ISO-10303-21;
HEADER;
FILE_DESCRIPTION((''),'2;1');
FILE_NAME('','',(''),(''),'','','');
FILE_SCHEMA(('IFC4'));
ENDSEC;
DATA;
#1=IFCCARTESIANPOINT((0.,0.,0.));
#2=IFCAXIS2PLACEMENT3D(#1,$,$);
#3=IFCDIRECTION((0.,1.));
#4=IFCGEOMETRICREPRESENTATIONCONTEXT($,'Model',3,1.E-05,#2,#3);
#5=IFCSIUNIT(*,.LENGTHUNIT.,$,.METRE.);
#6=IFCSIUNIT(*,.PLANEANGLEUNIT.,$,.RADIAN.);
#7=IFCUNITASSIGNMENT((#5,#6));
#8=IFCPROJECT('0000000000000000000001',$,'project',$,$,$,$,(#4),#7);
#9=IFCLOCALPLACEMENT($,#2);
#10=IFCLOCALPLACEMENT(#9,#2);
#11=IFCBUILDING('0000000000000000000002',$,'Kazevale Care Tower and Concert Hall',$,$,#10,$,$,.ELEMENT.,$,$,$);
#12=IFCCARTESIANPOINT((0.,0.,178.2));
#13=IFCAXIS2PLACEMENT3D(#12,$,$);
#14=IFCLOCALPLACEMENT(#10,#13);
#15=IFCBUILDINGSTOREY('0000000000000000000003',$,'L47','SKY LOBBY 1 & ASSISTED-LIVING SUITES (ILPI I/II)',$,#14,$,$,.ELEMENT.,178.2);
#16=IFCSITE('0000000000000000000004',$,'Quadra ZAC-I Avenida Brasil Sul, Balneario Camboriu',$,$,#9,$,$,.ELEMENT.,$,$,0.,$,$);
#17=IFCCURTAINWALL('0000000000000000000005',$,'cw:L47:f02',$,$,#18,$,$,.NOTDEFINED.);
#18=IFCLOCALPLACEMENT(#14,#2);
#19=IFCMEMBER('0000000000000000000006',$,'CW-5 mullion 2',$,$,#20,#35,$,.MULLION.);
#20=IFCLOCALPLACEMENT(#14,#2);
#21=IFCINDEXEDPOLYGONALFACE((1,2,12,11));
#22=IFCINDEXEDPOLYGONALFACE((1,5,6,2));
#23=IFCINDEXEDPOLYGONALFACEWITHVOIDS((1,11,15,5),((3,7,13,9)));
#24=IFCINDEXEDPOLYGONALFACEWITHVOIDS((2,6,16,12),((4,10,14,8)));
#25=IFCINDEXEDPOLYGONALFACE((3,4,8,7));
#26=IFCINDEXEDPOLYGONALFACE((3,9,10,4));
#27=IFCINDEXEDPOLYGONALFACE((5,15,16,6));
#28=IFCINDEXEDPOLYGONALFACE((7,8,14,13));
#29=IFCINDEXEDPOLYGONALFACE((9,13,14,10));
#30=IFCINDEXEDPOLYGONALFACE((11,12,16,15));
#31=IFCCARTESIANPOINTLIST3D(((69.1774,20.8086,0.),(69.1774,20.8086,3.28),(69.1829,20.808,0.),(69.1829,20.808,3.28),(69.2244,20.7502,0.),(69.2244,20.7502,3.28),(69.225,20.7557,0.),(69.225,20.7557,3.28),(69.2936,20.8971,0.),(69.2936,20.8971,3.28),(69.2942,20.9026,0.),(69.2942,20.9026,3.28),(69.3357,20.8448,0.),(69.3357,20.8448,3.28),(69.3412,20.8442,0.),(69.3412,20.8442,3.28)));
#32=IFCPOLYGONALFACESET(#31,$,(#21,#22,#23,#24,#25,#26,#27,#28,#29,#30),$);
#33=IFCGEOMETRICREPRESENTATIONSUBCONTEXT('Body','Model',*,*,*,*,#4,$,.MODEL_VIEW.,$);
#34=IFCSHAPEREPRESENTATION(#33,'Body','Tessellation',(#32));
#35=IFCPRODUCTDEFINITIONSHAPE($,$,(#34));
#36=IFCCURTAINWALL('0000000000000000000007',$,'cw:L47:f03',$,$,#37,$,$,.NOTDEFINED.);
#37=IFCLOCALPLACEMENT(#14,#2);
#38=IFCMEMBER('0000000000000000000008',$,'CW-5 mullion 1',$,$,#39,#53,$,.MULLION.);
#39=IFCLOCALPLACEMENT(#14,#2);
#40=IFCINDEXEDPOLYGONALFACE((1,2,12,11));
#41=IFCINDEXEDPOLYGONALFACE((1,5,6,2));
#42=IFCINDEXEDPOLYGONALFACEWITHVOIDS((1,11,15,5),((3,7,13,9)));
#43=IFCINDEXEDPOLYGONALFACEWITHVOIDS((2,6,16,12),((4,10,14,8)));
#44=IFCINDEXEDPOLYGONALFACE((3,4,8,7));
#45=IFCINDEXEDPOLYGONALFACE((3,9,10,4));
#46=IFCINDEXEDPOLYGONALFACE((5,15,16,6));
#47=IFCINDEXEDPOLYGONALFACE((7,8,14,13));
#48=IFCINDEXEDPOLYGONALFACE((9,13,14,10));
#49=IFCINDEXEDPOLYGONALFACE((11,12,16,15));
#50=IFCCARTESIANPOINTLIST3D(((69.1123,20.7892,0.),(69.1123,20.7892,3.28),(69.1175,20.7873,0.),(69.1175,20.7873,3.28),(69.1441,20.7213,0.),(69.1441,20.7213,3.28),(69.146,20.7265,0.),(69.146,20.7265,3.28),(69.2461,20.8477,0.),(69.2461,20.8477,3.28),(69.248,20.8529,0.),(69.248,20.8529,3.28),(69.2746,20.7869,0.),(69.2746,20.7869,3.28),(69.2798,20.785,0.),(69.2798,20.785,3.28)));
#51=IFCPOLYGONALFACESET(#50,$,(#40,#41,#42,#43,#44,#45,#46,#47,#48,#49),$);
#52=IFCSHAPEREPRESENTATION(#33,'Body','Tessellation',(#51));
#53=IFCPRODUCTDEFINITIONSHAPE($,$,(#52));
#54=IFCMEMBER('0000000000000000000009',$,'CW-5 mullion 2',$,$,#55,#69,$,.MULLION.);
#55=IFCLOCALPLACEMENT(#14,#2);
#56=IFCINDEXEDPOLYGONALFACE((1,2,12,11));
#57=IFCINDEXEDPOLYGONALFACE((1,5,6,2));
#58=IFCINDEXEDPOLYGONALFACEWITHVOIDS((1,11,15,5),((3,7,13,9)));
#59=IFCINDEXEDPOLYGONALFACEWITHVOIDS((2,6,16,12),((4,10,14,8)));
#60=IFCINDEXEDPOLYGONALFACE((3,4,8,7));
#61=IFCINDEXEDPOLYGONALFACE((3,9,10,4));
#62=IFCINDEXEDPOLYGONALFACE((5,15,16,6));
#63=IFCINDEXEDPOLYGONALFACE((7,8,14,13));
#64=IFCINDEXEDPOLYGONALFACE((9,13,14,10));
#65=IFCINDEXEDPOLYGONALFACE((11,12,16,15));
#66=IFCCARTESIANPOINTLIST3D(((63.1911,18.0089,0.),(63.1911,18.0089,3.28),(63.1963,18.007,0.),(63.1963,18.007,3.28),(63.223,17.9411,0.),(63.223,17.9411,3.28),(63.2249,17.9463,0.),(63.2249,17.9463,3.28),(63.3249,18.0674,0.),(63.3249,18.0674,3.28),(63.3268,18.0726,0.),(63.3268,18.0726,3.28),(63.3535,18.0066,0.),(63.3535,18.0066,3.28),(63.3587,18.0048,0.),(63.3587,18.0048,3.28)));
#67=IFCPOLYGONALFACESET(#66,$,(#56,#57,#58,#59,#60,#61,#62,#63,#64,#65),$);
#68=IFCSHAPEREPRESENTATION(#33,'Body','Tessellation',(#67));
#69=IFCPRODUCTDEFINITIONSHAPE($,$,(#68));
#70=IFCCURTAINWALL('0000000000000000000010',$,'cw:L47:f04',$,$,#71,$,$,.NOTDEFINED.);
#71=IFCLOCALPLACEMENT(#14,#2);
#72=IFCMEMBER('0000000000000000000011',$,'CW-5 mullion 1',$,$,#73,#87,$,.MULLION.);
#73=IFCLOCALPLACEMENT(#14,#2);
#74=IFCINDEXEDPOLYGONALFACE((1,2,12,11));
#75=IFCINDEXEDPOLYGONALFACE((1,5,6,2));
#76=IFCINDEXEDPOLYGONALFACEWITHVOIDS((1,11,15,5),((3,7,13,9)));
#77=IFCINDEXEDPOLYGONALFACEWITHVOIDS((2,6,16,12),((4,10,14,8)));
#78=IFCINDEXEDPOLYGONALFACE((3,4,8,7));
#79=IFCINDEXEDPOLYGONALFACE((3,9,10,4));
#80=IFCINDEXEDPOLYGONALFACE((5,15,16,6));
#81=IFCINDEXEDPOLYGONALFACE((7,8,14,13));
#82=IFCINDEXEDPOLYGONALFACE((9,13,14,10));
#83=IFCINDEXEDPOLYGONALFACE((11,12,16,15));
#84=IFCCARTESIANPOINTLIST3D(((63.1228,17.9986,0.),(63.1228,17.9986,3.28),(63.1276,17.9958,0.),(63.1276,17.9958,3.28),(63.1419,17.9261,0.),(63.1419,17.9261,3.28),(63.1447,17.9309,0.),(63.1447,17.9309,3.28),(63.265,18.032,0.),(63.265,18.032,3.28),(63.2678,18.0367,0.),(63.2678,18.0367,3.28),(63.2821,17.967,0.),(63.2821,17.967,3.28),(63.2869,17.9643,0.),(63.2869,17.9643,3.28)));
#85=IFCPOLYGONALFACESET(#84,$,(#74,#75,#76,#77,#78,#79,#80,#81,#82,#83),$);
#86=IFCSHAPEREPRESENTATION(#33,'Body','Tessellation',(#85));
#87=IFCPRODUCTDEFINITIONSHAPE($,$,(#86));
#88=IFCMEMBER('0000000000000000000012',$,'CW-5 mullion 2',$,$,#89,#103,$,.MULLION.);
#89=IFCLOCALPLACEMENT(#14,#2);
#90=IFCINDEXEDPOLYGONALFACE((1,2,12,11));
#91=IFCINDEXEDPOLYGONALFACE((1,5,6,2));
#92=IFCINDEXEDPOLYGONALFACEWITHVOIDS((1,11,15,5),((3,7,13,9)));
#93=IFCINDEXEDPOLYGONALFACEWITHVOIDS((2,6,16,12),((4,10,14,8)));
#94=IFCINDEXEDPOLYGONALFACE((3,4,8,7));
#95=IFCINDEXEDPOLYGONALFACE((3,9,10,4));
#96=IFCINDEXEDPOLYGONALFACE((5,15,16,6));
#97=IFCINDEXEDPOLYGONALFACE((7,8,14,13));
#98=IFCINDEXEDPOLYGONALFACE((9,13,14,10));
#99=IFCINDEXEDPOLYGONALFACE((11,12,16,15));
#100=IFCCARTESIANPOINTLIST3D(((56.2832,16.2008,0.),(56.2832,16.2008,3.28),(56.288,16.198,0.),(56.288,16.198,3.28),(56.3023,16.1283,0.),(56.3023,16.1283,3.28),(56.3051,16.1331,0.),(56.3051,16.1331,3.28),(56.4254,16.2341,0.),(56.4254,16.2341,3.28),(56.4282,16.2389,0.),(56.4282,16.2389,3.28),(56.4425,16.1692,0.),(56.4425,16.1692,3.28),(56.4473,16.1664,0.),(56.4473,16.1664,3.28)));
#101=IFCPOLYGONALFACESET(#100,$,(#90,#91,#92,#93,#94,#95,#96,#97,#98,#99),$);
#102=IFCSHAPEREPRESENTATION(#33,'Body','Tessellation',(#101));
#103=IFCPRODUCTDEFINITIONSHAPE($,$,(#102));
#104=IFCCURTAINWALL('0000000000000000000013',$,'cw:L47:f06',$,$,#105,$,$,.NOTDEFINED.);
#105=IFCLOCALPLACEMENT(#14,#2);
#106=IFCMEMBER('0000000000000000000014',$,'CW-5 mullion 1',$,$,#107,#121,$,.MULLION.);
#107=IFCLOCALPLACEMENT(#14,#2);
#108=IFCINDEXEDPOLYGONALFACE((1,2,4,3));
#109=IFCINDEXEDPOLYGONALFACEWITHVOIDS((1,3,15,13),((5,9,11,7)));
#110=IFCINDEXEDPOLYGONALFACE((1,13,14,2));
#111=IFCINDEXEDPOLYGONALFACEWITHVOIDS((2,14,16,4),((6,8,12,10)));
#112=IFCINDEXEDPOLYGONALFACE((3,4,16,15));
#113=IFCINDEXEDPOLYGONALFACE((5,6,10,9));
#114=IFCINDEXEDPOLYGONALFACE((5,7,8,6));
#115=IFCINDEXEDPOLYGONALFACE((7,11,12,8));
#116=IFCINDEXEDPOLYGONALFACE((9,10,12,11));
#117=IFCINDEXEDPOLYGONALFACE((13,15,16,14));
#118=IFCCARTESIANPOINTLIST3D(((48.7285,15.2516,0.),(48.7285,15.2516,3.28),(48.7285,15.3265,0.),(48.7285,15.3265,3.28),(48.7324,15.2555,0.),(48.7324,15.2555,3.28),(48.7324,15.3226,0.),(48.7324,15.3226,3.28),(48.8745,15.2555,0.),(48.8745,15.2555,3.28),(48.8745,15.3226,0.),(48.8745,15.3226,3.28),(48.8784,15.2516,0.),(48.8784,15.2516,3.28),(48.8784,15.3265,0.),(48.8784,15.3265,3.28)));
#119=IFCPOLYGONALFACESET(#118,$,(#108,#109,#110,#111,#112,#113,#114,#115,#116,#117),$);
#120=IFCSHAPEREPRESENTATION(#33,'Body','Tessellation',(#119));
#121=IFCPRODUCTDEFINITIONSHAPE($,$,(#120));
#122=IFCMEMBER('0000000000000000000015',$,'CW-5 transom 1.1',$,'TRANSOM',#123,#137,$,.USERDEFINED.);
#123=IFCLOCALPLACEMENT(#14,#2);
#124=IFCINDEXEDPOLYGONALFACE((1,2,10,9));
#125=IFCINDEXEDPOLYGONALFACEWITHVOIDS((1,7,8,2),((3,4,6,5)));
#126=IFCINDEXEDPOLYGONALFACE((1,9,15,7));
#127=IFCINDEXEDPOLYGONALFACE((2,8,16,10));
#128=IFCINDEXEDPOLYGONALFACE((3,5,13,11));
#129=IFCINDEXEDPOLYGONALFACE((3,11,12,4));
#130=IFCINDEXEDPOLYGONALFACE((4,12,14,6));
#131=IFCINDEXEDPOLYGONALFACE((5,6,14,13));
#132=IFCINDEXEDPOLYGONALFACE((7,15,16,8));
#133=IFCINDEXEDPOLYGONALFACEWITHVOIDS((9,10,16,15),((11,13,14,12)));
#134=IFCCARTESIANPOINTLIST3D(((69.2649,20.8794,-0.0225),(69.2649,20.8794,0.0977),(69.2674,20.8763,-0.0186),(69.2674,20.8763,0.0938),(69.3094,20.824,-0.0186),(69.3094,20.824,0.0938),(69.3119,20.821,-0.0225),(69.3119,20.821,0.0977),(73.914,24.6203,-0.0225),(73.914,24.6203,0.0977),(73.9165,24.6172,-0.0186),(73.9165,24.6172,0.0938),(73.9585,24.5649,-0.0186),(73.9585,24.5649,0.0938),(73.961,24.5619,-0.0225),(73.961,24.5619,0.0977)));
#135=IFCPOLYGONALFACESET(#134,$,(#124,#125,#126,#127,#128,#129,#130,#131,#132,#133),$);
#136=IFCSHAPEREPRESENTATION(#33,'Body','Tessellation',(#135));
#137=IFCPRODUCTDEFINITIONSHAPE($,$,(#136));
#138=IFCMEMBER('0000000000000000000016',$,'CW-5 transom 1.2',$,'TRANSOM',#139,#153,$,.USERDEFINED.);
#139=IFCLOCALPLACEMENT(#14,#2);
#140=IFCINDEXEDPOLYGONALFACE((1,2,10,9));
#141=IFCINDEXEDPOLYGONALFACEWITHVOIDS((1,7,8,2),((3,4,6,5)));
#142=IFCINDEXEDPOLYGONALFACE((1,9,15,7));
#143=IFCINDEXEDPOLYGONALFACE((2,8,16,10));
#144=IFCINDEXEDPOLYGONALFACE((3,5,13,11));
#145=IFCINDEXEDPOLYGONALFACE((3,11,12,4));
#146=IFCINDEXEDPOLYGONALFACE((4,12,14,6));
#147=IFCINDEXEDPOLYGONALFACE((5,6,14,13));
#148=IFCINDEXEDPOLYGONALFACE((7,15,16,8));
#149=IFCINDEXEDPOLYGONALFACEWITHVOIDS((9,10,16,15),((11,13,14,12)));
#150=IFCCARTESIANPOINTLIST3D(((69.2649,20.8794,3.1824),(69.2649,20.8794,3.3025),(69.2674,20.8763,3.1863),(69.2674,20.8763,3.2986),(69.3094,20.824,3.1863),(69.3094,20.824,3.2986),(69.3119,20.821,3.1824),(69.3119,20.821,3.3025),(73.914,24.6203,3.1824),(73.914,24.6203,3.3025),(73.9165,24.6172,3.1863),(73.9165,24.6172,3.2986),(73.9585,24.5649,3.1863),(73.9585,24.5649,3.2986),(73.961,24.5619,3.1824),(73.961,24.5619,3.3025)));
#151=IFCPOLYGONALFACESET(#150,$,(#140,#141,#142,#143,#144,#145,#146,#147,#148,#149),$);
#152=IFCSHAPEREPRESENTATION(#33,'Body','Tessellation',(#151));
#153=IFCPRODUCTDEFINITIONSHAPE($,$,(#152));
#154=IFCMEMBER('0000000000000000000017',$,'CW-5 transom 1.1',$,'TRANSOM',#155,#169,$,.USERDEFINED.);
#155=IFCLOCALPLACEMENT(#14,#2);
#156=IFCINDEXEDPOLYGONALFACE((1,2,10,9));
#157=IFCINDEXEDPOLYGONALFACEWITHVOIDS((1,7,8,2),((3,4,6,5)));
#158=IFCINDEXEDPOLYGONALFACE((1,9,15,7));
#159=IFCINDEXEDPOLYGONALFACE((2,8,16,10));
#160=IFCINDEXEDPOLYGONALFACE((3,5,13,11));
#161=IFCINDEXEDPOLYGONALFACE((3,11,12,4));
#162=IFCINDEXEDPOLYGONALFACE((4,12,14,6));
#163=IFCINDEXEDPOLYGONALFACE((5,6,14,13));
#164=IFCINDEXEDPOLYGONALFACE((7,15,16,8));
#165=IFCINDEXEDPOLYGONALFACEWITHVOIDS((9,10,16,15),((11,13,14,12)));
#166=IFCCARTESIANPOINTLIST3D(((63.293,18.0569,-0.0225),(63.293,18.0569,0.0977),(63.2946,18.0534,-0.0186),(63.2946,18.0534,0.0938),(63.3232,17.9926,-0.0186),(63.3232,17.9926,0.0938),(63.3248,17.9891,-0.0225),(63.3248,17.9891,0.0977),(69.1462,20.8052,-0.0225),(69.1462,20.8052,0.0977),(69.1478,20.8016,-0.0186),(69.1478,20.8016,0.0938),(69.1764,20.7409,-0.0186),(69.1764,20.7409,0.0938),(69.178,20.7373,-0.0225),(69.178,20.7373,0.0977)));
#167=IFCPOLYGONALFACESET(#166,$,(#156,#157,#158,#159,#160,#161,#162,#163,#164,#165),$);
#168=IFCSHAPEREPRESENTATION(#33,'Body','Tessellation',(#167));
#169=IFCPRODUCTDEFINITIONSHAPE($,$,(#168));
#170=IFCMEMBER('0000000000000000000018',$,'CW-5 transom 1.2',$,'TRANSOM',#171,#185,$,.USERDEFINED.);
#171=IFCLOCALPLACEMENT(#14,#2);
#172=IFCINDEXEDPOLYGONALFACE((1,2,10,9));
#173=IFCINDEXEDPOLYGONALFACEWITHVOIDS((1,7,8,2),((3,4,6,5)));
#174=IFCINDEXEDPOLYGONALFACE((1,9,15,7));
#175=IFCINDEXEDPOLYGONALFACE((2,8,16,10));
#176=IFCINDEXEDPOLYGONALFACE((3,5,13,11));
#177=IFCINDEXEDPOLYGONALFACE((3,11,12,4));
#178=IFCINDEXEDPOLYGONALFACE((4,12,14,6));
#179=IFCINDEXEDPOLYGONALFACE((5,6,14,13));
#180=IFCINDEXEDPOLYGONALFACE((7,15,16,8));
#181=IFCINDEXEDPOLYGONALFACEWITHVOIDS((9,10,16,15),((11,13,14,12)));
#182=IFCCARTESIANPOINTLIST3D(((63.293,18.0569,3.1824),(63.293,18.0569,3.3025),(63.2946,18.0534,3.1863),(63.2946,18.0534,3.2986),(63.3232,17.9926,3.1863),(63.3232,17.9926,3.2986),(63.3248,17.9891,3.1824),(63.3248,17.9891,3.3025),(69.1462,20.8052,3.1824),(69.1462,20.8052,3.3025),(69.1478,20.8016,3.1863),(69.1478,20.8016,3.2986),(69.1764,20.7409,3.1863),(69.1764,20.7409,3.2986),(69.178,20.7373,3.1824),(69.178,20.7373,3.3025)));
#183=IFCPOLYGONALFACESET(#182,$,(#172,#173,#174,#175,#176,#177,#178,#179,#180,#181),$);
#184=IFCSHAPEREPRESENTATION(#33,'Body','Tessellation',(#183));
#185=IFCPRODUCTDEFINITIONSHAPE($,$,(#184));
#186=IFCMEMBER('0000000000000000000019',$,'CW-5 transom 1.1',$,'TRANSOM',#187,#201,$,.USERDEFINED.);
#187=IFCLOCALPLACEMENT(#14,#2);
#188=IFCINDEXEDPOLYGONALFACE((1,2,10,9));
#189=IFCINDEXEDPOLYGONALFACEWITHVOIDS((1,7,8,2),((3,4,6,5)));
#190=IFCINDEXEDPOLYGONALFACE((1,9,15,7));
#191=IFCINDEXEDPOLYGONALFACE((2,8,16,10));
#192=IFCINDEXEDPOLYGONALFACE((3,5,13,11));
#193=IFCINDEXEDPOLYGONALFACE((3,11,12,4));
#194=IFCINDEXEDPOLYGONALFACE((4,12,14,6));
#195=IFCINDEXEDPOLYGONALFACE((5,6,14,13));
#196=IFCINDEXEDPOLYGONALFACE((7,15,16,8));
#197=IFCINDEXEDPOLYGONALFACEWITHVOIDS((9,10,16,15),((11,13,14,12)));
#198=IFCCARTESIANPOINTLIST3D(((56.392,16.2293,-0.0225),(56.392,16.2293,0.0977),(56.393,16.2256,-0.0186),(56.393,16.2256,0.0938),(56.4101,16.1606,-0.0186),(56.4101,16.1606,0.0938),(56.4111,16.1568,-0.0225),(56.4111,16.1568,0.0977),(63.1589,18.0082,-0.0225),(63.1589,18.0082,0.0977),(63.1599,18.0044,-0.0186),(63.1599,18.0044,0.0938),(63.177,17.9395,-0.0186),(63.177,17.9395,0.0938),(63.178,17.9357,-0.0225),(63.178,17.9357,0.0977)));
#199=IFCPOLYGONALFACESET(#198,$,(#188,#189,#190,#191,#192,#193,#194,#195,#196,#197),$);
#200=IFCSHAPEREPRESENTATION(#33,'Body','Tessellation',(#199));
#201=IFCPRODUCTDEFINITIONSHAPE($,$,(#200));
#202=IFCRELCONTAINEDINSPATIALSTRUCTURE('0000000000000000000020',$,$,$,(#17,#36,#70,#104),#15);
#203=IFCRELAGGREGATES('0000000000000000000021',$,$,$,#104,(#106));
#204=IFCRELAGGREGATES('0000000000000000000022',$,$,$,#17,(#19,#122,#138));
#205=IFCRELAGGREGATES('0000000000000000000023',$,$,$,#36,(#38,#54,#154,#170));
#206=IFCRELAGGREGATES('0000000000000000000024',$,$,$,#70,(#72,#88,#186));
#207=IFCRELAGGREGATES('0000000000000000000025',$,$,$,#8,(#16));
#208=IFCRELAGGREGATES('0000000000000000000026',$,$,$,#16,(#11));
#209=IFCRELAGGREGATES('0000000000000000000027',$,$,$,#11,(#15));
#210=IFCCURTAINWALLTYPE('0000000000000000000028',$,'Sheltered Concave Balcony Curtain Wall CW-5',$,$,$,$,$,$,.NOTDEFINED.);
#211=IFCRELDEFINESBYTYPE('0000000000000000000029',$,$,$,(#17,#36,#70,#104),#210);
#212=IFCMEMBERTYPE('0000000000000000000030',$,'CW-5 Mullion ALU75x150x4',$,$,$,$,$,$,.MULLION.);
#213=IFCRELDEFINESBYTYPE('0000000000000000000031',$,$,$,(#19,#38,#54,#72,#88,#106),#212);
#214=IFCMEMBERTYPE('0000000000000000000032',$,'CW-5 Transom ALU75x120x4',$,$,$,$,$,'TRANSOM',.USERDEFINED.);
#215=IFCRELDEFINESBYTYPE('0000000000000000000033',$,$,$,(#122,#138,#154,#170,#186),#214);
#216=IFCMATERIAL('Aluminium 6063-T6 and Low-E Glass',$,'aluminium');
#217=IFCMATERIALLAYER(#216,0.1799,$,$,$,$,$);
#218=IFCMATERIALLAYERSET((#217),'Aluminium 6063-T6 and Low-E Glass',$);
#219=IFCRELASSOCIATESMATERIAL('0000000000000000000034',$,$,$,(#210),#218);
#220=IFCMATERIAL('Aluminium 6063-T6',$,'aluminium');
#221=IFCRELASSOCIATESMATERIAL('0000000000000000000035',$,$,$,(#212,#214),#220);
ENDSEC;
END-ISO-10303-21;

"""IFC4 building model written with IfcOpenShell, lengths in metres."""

from ifc_helpers import new_model, si_unit, direction, frame, origin, origin_2d, place, context, subcontext, project, spatial, hollow_rectangle, extrude, material, layer, layer_set, material_profile, profile_set, type_object, element, aggregate, save


model = new_model("IFC4")

# Units and contexts
model_context = context("Model", 3, precision=1e-05, world=origin(), true_north=direction((0.0, 1.0)))
body_context = subcontext(model_context, "Body", "Model", "MODEL_VIEW")
ifc_project = project(units=[si_unit("LENGTHUNIT", "METRE"), si_unit("PLANEANGLEUNIT", "RADIAN")], contexts=[model_context])

# Site, building, storey
site_placement = place(None, origin())
site = spatial("IfcSite", under=ifc_project, at=site_placement, Name="Quadra ZAC-I Avenida Brasil Sul, Balneario Camboriu", CompositionType="ELEMENT", RefElevation=0.0)
building_placement = place(site_placement, origin())
building = spatial("IfcBuilding", under=site, at=building_placement, Name="Kazevale Care Tower and Concert Hall", CompositionType="ELEMENT")
storey_placement = place(building_placement, frame((0.0, 0.0, 178.2)))
storey = spatial("IfcBuildingStorey", under=building, at=storey_placement, Name="L47", Description="SKY LOBBY 1 & ASSISTED-LIVING SUITES (ILPI I/II)", CompositionType="ELEMENT", Elevation=178.2)

# Shared definitions
ifc_material_1 = material(Name="Aluminium 6063-T6 and Low-E Glass", Category="aluminium")
ifc_material_2 = material(Name="Aluminium 6063-T6", Category="aluminium")

# Curtain walls, members
ifc_layer_1 = layer(ifc_material_1, 0.1799)
ifc_layer_set_1 = layer_set([ifc_layer_1], Name="Aluminium 6063-T6 and Low-E Glass")
curtain_wall_type_1 = type_object("IfcCurtainWallType", Name="Sheltered Concave Balcony Curtain Wall CW-5", PredefinedType="NOTDEFINED", material=ifc_layer_set_1)
curtain_wall_1_placement = place(storey_placement, origin())
curtain_wall_1 = element("IfcCurtainWall", 1, at=curtain_wall_1_placement, inside=storey, type_object=curtain_wall_type_1, Name="cw:L47:f02", PredefinedType="NOTDEFINED")
ifc_material_profile_1 = material_profile(ifc_material_2, hollow_rectangle(XDim=0.075, YDim=0.1499, WallThickness=0.0039, at=origin_2d()), Name="ALU75x150x4")
ifc_profile_set_1 = profile_set([ifc_material_profile_1], Name="Aluminium 6063-T6")
member_type_1 = type_object("IfcMemberType", Name="CW-5 Mullion ALU75x150x4", PredefinedType="MULLION", material=ifc_profile_set_1)
member_1_placement = place(storey_placement, frame((69.2593, 20.8264, 0.0), z_axis=(0.0, 0.0, 1.0), x_axis=(0.626905, -0.779095, 0.0)))
member_1 = element("IfcMember", 2, at=member_1_placement, type_object=member_type_1, Name="CW-5 mullion 2", PredefinedType="MULLION", context=body_context, shape_type="SweptSolid", body=[
    extrude(hollow_rectangle(XDim=0.075, YDim=0.1499, WallThickness=0.0039, at=origin_2d()), origin(), (0.0, 0.0, 1.0), 3.28),
])
curtain_wall_2_placement = place(storey_placement, origin())
curtain_wall_2 = element("IfcCurtainWall", 3, at=curtain_wall_2_placement, inside=storey, type_object=curtain_wall_type_1, Name="cw:L47:f03", PredefinedType="NOTDEFINED")
member_2_placement = place(storey_placement, frame((69.196, 20.7871, 0.0), z_axis=(0.0, 0.0, 1.0), x_axis=(0.425011, -0.905188, 0.0)))
member_2 = element("IfcMember", 4, at=member_2_placement, type_object=member_type_1, Name="CW-5 mullion 1", PredefinedType="MULLION", context=body_context, shape_type="SweptSolid", body=[
    extrude(hollow_rectangle(XDim=0.075, YDim=0.1499, WallThickness=0.0039, at=origin_2d()), origin(), (0.0, 0.0, 1.0), 3.28),
])
member_3_placement = place(storey_placement, frame((63.2749, 18.0068, 0.0), z_axis=(0.0, 0.0, 1.0), x_axis=(0.425011, -0.905188, 0.0)))
member_3 = element("IfcMember", 5, at=member_3_placement, type_object=member_type_1, Name="CW-5 mullion 2", PredefinedType="MULLION", context=body_context, shape_type="SweptSolid", body=[
    extrude(hollow_rectangle(XDim=0.075, YDim=0.1499, WallThickness=0.0039, at=origin_2d()), origin(), (0.0, 0.0, 1.0), 3.28),
])
curtain_wall_3_placement = place(storey_placement, origin())
curtain_wall_3 = element("IfcCurtainWall", 6, at=curtain_wall_3_placement, inside=storey, type_object=curtain_wall_type_1, Name="cw:L47:f04", PredefinedType="NOTDEFINED")
member_4_placement = place(storey_placement, frame((63.2048, 17.9814, 0.0), z_axis=(0.0, 0.0, 1.0), x_axis=(0.254238, -0.967142, 0.0)))
member_4 = element("IfcMember", 7, at=member_4_placement, type_object=member_type_1, Name="CW-5 mullion 1", PredefinedType="MULLION", context=body_context, shape_type="SweptSolid", body=[
    extrude(hollow_rectangle(XDim=0.075, YDim=0.1499, WallThickness=0.0039, at=origin_2d()), origin(), (0.0, 0.0, 1.0), 3.28),
])
member_5_placement = place(storey_placement, frame((56.3652, 16.1836, 0.0), z_axis=(0.0, 0.0, 1.0), x_axis=(0.254238, -0.967142, 0.0)))
member_5 = element("IfcMember", 8, at=member_5_placement, type_object=member_type_1, Name="CW-5 mullion 2", PredefinedType="MULLION", context=body_context, shape_type="SweptSolid", body=[
    extrude(hollow_rectangle(XDim=0.075, YDim=0.1499, WallThickness=0.0039, at=origin_2d()), origin(), (0.0, 0.0, 1.0), 3.28),
])

# Curtain wall, member
curtain_wall_4_placement = place(storey_placement, origin())
curtain_wall_4 = element("IfcCurtainWall", 9, at=curtain_wall_4_placement, inside=storey, type_object=curtain_wall_type_1, Name="cw:L47:f06", PredefinedType="NOTDEFINED")
member_6_placement = place(storey_placement, frame((48.8035, 15.2891, 0.0), z_axis=(0.0, 0.0, 1.0), x_axis=(0.0, -1.0, 0.0)))
member_6 = element("IfcMember", 10, at=member_6_placement, type_object=member_type_1, Name="CW-5 mullion 1", PredefinedType="MULLION", context=body_context, shape_type="SweptSolid", body=[
    extrude(hollow_rectangle(XDim=0.075, YDim=0.1499, WallThickness=0.0039, at=origin_2d()), origin(), (0.0, 0.0, 1.0), 3.28),
])

# Members
ifc_material_profile_2 = material_profile(ifc_material_2, hollow_rectangle(XDim=0.075, YDim=0.1201, WallThickness=0.0039, at=origin_2d()), Name="ALU75x120x4")
ifc_profile_set_2 = profile_set([ifc_material_profile_2], Name="Aluminium 6063-T6")
member_type_2 = type_object("IfcMemberType", Name="CW-5 Transom ALU75x120x4", ElementType="TRANSOM", PredefinedType="USERDEFINED", material=ifc_profile_set_2)
member_7_placement = place(storey_placement, frame((73.9375, 24.5911, 0.0376), z_axis=(-0.779097, -0.626903, 0.0), x_axis=(0.626903, -0.779097, 0.0)))
member_7 = element("IfcMember", 11, at=member_7_placement, type_object=member_type_2, Name="CW-5 transom 1.1", ObjectType="TRANSOM", PredefinedType="USERDEFINED", context=body_context, shape_type="SweptSolid", body=[
    extrude(hollow_rectangle(XDim=0.075, YDim=0.1201, WallThickness=0.0039, at=origin_2d()), origin(), (0.0, 0.0, 1.0), 5.9673),
])
member_8_placement = place(storey_placement, frame((73.9375, 24.5911, 3.2424), z_axis=(-0.779097, -0.626903, 0.0), x_axis=(0.626903, -0.779097, 0.0)))
member_8 = element("IfcMember", 12, at=member_8_placement, type_object=member_type_2, Name="CW-5 transom 1.2", ObjectType="TRANSOM", PredefinedType="USERDEFINED", context=body_context, shape_type="SweptSolid", body=[
    extrude(hollow_rectangle(XDim=0.075, YDim=0.1201, WallThickness=0.0039, at=origin_2d()), origin(), (0.0, 0.0, 1.0), 5.9673),
])
member_9_placement = place(storey_placement, frame((69.1621, 20.7712, 0.0376), z_axis=(-0.905187, -0.425013, 0.0), x_axis=(0.425013, -0.905187, 0.0)))
member_9 = element("IfcMember", 13, at=member_9_placement, type_object=member_type_2, Name="CW-5 transom 1.1", ObjectType="TRANSOM", PredefinedType="USERDEFINED", context=body_context, shape_type="SweptSolid", body=[
    extrude(hollow_rectangle(XDim=0.075, YDim=0.1201, WallThickness=0.0039, at=origin_2d()), origin(), (0.0, 0.0, 1.0), 6.4663),
])
member_10_placement = place(storey_placement, frame((69.1621, 20.7712, 3.2424), z_axis=(-0.905187, -0.425013, 0.0), x_axis=(0.425013, -0.905187, 0.0)))
member_10 = element("IfcMember", 14, at=member_10_placement, type_object=member_type_2, Name="CW-5 transom 1.2", ObjectType="TRANSOM", PredefinedType="USERDEFINED", context=body_context, shape_type="SweptSolid", body=[
    extrude(hollow_rectangle(XDim=0.075, YDim=0.1201, WallThickness=0.0039, at=origin_2d()), origin(), (0.0, 0.0, 1.0), 6.4663),
])
member_11_placement = place(storey_placement, frame((63.1685, 17.9719, 0.0376), z_axis=(-0.967143, -0.254234, 0.0), x_axis=(0.254234, -0.967143, 0.0)))
member_11 = element("IfcMember", 15, at=member_11_placement, type_object=member_type_2, Name="CW-5 transom 1.1", ObjectType="TRANSOM", PredefinedType="USERDEFINED", context=body_context, shape_type="SweptSolid", body=[
    extrude(hollow_rectangle(XDim=0.075, YDim=0.1201, WallThickness=0.0039, at=origin_2d()), origin(), (0.0, 0.0, 1.0), 6.9968),
])
aggregate(curtain_wall_4, [member_6])

aggregate(curtain_wall_1, [member_1, member_7, member_8])
aggregate(curtain_wall_2, [member_2, member_3, member_9, member_10])
aggregate(curtain_wall_3, [member_4, member_5, member_11])

save(model, "model.ifc")
